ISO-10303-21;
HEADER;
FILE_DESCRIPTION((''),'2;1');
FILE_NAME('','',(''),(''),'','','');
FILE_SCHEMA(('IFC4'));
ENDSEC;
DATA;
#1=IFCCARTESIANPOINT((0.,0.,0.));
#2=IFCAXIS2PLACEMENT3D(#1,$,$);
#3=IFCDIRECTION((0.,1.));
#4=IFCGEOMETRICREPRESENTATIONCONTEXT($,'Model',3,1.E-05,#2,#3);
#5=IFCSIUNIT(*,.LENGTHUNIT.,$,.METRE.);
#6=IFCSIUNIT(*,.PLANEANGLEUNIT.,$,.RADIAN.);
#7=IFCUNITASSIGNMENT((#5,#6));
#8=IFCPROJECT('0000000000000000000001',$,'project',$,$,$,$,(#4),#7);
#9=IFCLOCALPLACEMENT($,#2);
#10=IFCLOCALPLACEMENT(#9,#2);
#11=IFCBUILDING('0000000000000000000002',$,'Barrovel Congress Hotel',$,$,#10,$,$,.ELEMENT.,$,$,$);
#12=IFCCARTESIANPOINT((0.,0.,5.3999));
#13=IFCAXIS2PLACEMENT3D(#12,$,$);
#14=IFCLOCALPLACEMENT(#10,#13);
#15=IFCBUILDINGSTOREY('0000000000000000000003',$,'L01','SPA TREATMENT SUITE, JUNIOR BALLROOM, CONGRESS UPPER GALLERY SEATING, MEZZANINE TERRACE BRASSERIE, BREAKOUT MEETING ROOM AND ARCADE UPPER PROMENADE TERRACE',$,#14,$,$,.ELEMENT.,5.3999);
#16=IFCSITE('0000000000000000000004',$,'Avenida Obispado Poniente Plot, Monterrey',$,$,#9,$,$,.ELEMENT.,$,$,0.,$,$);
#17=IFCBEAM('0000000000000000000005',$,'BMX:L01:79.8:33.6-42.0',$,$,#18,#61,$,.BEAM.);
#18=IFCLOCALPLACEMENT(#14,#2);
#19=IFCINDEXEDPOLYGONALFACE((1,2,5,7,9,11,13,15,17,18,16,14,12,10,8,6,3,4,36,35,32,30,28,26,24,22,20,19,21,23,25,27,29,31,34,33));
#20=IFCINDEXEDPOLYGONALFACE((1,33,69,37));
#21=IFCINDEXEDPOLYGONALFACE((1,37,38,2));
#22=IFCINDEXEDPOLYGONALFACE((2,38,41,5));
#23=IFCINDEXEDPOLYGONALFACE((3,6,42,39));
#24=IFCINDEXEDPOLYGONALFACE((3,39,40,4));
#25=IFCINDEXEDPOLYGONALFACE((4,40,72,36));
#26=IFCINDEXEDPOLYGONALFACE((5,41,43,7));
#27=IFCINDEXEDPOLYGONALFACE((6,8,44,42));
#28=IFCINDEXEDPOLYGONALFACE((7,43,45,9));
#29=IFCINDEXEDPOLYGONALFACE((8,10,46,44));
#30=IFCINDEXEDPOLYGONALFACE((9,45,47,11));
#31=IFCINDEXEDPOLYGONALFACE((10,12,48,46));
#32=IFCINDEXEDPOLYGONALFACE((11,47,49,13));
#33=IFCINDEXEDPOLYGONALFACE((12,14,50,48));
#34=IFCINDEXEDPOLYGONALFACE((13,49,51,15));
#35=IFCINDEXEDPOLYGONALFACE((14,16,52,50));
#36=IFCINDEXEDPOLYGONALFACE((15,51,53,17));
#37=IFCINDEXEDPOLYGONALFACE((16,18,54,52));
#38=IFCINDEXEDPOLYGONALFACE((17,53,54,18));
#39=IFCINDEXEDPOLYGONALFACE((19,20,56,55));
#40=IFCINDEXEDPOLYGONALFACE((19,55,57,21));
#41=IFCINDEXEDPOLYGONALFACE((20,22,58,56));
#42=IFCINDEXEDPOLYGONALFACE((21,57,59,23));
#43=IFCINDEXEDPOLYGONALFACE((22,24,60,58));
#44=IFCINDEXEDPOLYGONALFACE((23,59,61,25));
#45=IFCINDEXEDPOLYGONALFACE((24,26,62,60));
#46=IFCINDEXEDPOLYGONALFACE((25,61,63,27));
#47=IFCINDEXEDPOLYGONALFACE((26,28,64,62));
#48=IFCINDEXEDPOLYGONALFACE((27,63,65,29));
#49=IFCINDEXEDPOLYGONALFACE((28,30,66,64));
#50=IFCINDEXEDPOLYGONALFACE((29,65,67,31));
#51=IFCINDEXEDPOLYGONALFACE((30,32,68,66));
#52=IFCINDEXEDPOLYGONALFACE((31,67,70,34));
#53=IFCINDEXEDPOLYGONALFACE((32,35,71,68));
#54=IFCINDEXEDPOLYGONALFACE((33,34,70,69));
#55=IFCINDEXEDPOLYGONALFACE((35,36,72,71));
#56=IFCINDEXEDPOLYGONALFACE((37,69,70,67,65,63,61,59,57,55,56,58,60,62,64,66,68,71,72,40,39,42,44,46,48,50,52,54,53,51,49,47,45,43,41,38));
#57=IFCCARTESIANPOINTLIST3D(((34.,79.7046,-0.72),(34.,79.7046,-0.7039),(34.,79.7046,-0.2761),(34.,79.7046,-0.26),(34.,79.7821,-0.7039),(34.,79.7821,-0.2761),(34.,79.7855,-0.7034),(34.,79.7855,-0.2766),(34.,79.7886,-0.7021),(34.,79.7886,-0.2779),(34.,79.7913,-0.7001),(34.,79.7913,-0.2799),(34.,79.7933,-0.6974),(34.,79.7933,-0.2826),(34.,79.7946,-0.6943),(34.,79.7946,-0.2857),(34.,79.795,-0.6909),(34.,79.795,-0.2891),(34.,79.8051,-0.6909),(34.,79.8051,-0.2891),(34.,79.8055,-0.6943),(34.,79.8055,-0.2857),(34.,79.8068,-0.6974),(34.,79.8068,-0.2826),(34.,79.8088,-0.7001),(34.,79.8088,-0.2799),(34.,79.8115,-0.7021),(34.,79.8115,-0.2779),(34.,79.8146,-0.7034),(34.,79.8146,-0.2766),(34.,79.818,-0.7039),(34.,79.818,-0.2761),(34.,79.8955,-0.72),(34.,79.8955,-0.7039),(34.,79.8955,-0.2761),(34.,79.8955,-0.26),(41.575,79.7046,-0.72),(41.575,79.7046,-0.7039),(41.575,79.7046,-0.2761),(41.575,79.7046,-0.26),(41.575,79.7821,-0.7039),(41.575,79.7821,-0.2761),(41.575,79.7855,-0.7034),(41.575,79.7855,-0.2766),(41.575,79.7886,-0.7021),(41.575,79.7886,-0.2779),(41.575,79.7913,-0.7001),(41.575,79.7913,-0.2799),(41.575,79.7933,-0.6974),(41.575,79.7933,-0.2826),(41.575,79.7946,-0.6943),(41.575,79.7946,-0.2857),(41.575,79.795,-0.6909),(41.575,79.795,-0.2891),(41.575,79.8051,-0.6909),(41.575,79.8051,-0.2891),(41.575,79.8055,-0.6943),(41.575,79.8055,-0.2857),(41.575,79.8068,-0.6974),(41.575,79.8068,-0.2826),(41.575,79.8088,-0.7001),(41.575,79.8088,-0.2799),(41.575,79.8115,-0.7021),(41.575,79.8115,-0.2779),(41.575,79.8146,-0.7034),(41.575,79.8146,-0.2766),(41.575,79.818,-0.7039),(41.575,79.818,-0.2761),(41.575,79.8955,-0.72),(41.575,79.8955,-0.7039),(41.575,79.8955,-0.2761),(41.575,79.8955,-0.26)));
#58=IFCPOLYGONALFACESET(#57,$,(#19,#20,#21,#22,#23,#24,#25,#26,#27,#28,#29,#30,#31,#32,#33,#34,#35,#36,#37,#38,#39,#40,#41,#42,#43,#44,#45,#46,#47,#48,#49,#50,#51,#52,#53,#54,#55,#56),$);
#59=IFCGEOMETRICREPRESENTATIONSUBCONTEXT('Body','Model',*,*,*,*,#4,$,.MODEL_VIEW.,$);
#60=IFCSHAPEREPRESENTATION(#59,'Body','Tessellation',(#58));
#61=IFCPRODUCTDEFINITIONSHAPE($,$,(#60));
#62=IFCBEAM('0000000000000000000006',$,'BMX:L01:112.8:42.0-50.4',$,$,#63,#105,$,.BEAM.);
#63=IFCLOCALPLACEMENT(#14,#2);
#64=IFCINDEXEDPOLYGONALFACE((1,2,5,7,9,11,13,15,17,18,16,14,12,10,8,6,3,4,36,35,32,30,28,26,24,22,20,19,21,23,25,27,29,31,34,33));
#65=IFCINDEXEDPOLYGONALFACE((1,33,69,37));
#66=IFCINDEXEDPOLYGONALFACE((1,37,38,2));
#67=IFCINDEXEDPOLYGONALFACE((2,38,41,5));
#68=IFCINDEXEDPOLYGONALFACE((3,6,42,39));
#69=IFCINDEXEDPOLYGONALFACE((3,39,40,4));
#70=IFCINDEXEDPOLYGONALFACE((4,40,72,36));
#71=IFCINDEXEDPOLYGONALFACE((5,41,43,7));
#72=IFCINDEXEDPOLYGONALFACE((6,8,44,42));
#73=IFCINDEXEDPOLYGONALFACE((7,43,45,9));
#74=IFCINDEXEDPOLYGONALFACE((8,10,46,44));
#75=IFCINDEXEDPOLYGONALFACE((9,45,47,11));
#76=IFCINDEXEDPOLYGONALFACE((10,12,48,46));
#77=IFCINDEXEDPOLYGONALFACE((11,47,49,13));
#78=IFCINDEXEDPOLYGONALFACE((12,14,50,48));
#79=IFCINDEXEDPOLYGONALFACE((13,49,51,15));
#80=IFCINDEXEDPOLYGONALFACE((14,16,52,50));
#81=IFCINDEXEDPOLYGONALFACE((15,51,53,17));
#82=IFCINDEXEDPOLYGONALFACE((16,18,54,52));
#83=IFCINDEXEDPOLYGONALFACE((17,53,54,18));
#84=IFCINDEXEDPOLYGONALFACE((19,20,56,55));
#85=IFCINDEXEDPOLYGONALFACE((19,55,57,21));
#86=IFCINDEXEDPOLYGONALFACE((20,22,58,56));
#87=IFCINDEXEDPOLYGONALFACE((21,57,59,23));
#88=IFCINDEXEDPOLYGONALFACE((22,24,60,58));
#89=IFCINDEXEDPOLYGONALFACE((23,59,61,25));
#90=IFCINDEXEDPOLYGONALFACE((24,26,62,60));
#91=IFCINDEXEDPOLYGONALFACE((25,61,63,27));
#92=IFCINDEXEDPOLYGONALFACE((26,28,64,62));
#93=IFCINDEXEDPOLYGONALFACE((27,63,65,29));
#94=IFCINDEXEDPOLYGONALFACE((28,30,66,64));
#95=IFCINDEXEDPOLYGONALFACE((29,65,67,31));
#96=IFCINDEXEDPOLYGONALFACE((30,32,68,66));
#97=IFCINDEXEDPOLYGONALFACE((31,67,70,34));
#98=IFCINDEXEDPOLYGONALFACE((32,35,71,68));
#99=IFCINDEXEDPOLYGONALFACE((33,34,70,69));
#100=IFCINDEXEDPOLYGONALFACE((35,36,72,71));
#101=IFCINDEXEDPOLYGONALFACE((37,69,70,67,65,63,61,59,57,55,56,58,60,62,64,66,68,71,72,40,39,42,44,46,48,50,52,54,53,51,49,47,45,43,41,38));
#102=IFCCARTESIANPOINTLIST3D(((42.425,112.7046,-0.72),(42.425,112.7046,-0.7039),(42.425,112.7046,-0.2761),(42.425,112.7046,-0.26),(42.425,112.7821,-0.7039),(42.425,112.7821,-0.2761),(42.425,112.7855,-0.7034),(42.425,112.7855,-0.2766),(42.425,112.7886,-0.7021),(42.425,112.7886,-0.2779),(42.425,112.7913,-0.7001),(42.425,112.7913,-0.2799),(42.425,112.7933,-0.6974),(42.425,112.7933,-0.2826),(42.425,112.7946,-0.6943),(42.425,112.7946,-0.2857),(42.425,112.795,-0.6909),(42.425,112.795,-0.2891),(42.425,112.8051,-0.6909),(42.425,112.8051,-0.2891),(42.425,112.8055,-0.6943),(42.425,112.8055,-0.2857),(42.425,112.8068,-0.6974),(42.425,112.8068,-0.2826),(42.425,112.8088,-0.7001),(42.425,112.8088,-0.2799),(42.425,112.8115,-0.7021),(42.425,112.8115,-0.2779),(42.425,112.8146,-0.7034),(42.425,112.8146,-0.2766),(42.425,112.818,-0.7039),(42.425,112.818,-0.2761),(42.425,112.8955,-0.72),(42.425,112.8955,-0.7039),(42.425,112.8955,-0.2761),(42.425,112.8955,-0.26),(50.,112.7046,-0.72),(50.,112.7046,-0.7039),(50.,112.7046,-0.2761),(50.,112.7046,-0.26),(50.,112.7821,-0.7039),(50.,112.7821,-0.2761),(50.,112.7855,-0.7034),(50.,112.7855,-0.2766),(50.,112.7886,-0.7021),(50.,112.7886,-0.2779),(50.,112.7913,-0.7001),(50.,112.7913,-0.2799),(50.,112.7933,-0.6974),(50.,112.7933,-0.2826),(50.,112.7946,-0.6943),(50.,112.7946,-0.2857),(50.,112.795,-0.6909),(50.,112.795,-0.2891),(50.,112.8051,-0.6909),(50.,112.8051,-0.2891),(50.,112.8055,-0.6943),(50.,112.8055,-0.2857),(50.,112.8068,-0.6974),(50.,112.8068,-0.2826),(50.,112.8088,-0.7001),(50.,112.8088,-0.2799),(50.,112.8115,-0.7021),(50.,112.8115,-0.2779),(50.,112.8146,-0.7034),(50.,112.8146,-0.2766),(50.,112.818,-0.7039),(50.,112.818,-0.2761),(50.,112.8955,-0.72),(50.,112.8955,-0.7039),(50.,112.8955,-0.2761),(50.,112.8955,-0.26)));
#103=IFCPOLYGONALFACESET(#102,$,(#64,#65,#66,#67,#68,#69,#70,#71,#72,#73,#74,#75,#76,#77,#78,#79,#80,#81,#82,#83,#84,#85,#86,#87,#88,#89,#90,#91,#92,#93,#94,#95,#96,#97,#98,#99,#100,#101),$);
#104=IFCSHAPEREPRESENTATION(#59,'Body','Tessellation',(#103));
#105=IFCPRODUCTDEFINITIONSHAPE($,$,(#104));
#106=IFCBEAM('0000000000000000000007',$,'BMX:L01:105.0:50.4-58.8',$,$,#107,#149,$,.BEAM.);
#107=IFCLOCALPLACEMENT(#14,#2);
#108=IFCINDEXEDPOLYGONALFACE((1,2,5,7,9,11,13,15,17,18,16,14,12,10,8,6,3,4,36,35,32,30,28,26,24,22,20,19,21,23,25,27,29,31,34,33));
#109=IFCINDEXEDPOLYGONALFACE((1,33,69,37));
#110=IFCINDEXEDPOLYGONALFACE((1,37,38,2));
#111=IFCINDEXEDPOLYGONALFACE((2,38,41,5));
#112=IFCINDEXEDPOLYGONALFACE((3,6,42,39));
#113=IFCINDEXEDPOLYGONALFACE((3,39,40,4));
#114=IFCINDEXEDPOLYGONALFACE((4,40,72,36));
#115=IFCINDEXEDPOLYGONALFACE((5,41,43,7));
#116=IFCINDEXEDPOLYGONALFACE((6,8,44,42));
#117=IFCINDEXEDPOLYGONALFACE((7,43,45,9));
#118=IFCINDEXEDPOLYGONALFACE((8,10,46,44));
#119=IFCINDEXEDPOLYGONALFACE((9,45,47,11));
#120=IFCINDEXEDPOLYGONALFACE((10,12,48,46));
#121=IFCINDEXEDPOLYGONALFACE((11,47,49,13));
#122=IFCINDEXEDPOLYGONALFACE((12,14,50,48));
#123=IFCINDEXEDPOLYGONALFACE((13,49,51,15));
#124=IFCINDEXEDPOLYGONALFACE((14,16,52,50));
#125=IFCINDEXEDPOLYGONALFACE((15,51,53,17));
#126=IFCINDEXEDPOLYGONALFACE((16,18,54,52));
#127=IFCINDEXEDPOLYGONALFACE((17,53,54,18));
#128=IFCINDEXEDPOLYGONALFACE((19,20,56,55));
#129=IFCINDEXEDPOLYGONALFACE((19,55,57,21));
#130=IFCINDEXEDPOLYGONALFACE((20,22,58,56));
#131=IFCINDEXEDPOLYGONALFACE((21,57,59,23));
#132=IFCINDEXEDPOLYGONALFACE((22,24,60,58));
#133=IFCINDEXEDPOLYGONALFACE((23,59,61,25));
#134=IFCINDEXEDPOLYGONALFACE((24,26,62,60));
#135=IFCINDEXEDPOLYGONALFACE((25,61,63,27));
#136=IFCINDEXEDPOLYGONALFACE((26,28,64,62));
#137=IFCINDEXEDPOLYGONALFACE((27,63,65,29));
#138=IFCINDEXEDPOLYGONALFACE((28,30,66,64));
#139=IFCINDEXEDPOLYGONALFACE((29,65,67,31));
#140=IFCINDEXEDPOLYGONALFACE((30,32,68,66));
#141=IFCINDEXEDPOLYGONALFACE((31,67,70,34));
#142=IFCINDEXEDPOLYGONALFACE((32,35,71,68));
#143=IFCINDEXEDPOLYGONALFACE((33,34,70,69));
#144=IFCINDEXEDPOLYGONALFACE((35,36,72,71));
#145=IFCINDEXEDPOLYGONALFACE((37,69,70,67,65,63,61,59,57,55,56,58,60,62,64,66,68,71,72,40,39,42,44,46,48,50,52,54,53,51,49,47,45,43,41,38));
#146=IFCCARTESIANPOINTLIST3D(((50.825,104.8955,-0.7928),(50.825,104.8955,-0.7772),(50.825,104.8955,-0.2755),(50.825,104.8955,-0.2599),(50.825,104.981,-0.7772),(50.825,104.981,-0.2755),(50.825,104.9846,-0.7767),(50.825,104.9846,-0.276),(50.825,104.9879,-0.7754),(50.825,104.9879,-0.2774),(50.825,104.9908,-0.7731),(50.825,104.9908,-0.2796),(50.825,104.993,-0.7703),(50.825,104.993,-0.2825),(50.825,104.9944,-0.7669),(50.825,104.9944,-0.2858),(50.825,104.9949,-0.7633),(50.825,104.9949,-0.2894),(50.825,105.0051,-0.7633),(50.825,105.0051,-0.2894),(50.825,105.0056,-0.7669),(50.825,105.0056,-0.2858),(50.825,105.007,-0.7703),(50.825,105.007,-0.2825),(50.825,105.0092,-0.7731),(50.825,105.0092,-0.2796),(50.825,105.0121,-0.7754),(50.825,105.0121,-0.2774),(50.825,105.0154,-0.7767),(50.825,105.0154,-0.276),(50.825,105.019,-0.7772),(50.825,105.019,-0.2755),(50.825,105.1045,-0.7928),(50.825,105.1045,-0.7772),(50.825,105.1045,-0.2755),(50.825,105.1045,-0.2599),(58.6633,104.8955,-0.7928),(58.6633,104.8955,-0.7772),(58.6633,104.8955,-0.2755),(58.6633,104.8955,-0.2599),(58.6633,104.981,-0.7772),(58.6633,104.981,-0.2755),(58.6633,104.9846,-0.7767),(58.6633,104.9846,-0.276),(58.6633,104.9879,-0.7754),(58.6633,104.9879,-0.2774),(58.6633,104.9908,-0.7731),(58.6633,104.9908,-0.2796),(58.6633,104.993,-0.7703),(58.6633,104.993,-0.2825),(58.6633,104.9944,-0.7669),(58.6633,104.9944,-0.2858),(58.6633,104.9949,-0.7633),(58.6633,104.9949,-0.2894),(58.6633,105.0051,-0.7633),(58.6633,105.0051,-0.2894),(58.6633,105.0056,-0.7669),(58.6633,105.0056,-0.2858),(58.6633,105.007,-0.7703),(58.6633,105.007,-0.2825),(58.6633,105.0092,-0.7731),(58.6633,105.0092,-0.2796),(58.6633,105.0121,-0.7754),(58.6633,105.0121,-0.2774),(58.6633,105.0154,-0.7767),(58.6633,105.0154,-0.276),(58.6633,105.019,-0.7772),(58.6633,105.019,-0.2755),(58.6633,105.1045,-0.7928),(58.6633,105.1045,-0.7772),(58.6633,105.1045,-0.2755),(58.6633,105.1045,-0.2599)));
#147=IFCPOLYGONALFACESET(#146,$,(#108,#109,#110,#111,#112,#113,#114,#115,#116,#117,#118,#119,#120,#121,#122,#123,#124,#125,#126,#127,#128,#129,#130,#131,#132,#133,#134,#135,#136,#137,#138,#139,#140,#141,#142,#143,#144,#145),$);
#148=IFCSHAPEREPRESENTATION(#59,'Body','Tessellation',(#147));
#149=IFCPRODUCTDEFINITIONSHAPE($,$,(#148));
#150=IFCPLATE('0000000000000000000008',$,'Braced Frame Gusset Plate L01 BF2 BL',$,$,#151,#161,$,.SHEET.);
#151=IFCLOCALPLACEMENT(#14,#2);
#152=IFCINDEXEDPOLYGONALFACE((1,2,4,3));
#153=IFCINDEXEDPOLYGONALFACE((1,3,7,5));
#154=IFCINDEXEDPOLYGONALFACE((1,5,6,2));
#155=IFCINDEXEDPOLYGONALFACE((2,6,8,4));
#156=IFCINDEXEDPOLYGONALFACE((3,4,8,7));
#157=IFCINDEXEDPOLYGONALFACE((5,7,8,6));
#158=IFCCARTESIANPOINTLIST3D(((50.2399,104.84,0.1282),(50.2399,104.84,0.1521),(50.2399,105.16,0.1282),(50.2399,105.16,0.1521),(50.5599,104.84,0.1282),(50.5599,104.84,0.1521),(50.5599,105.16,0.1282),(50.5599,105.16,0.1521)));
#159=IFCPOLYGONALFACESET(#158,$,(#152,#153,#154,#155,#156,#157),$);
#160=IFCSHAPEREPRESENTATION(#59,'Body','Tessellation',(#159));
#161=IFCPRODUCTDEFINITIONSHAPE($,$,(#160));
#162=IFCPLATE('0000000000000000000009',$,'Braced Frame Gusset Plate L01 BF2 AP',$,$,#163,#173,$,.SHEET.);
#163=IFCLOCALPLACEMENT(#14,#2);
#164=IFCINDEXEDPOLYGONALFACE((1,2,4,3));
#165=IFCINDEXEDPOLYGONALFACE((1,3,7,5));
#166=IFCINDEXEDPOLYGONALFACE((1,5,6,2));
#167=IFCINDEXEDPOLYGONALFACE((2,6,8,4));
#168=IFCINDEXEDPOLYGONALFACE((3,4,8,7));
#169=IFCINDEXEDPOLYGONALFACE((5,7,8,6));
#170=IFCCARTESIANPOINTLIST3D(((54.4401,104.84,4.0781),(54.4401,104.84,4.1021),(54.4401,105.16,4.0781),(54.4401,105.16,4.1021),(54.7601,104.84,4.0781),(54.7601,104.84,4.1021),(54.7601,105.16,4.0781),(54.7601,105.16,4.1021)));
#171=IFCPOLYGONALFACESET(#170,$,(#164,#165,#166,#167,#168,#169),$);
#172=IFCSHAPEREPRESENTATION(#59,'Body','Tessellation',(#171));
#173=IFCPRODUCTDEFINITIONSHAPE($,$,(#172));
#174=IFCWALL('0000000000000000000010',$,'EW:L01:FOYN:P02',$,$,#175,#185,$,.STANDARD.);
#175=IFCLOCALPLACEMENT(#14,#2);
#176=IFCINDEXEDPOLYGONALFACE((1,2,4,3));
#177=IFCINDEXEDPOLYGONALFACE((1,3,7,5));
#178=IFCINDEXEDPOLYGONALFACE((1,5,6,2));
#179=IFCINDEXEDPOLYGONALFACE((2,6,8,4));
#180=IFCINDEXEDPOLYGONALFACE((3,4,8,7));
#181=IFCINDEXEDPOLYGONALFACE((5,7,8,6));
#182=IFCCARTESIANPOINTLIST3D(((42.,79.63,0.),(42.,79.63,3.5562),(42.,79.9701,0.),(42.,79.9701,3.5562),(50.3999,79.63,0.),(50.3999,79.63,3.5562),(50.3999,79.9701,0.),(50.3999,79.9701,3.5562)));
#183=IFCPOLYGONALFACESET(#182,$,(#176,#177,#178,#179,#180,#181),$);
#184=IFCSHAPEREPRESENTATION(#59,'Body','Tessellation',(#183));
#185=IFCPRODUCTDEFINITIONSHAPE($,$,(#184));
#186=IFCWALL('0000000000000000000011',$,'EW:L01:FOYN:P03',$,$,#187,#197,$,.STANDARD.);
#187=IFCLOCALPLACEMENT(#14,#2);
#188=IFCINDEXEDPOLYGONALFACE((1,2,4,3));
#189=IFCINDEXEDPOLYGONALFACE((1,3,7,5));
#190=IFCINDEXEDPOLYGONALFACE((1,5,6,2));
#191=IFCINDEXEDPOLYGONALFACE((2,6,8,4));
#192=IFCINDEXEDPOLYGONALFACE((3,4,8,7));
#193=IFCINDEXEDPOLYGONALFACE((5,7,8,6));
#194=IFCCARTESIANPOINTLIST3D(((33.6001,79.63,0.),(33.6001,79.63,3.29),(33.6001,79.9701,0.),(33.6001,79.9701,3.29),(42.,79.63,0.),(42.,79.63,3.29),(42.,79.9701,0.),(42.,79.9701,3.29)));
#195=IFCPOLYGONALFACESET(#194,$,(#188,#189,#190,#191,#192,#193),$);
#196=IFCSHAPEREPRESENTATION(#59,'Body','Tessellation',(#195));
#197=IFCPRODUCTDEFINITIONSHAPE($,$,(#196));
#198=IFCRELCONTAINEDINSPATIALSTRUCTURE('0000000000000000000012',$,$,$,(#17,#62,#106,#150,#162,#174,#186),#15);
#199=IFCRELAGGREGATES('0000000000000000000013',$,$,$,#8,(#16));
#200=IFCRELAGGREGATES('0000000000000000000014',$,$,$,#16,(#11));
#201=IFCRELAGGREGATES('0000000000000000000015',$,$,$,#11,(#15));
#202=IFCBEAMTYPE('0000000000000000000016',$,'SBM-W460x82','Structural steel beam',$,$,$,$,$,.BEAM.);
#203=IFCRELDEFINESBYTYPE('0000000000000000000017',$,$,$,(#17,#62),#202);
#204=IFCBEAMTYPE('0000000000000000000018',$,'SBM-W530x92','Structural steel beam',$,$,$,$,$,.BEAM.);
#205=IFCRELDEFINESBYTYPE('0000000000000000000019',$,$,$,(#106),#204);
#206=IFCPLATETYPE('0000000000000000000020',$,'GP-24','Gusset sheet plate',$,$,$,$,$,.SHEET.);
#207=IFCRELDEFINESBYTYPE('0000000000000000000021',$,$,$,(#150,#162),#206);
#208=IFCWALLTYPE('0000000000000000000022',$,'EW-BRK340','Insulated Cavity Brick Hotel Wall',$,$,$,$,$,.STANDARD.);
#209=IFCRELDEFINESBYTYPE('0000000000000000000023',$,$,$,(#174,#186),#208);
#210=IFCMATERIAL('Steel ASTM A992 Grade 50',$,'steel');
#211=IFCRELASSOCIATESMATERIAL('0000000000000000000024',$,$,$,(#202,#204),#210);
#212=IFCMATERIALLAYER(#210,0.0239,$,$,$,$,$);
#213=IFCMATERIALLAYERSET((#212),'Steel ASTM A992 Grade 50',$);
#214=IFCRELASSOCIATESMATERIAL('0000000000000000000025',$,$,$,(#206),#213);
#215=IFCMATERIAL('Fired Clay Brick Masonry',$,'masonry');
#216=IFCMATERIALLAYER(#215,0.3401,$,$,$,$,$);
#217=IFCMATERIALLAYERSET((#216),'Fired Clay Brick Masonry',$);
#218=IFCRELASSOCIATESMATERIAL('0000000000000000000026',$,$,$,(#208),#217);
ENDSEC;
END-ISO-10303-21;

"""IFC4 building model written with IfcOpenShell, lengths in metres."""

from ifc_helpers import new_model, si_unit, direction, frame, frame_2d, origin, origin_2d, place, context, subcontext, project, spatial, rectangle, i_section, extrude, material, layer, layer_set, material_profile, profile_set, type_object, element, save


model = new_model("IFC4")

# Units and contexts
model_context = context("Model", 3, precision=1e-05, world=origin(), true_north=direction((0.0, 1.0)))
body_context = subcontext(model_context, "Body", "Model", "MODEL_VIEW")
ifc_project = project(units=[si_unit("LENGTHUNIT", "METRE"), si_unit("PLANEANGLEUNIT", "RADIAN")], contexts=[model_context])

# Site, building, storey
site_placement = place(None, origin())
site = spatial("IfcSite", under=ifc_project, at=site_placement, Name="Avenida Obispado Poniente Plot, Monterrey", CompositionType="ELEMENT", RefElevation=0.0)
building_placement = place(site_placement, origin())
building = spatial("IfcBuilding", under=site, at=building_placement, Name="Barrovel Congress Hotel", CompositionType="ELEMENT")
storey_placement = place(building_placement, frame((0.0, 0.0, 5.3999)))
storey = spatial("IfcBuildingStorey", under=building, at=storey_placement, Name="L01", Description="SPA TREATMENT SUITE, JUNIOR BALLROOM, CONGRESS UPPER GALLERY SEATING, MEZZANINE TERRACE BRASSERIE, BREAKOUT MEETING ROOM AND ARCADE UPPER PROMENADE TERRACE", CompositionType="ELEMENT", Elevation=5.3999)

# Beams
ifc_material_1 = material(Name="Steel ASTM A992 Grade 50", Category="steel")
ifc_material_profile_1 = material_profile(ifc_material_1, i_section(OverallWidth=0.1909, OverallDepth=0.46, WebThickness=0.01, FlangeThickness=0.0161, FilletRadius=0.0129, at=origin_2d()), Name="W460x82")
ifc_profile_set_1 = profile_set([ifc_material_profile_1], Name="Steel ASTM A992 Grade 50")
beam_type_1 = type_object("IfcBeamType", Name="SBM-W460x82", Description="Structural steel beam", PredefinedType="BEAM", material=ifc_profile_set_1)
for number, where, z_axis, x_axis, name in (
    (1, (34.0, 79.8, -0.49), (1.0, 0.0, 0.0), (0.0, 1.0, 0.0), "BMX:L01:79.8:33.6-42.0"),
    (2, (42.425, 112.8, -0.49), (1.0, 0.0, 0.0), (0.0, 1.0, 0.0), "BMX:L01:112.8:42.0-50.4"),
):
    element("IfcBeam", number, at=place(storey_placement, frame(where, z_axis=z_axis, x_axis=x_axis)), inside=storey, type_object=beam_type_1, Name=name, PredefinedType="BEAM", context=body_context, shape_type="SweptSolid", body=[
        extrude(i_section(OverallWidth=0.1909, OverallDepth=0.46, WebThickness=0.01, FlangeThickness=0.0161, FilletRadius=0.0129, at=origin_2d()), origin(), (0.0, 0.0, 1.0), 7.575),
    ])
ifc_material_profile_2 = material_profile(ifc_material_1, i_section(OverallWidth=0.209, OverallDepth=0.533, WebThickness=0.0103, FlangeThickness=0.0156, FilletRadius=0.0139, at=origin_2d()), Name="W530x92")
ifc_profile_set_2 = profile_set([ifc_material_profile_2], Name="Steel ASTM A992 Grade 50")
beam_type_2 = type_object("IfcBeamType", Name="SBM-W530x92", Description="Structural steel beam", PredefinedType="BEAM", material=ifc_profile_set_2)
beam_1_placement = place(storey_placement, frame((50.825, 105.0, -0.5264), z_axis=(1.0, 0.0, 0.0), x_axis=(0.0, 1.0, 0.0)))
element("IfcBeam", 3, at=beam_1_placement, inside=storey, type_object=beam_type_2, Name="BMX:L01:105.0:50.4-58.8", PredefinedType="BEAM", context=body_context, shape_type="SweptSolid", body=[
    extrude(i_section(OverallWidth=0.209, OverallDepth=0.533, WebThickness=0.0103, FlangeThickness=0.0156, FilletRadius=0.0139, at=origin_2d()), origin(), (0.0, 0.0, 1.0), 7.8384),
])

# Plates
ifc_layer_1 = layer(ifc_material_1, 0.0239)
ifc_layer_set_1 = layer_set([ifc_layer_1], Name="Steel ASTM A992 Grade 50")
plate_type = type_object("IfcPlateType", Name="GP-24", Description="Gusset sheet plate", PredefinedType="SHEET", material=ifc_layer_set_1)
for number, where, z_axis, x_axis, name in (
    (4, (50.3999, 105.0, 0.1282), (0.0, 0.0, 1.0), (1.0, 0.0, 0.0), "Braced Frame Gusset Plate L01 BF2 BL"),
    (5, (54.6001, 105.0, 4.0781), (0.0, 0.0, 1.0), (1.0, 0.0, 0.0), "Braced Frame Gusset Plate L01 BF2 AP"),
):
    element("IfcPlate", number, at=place(storey_placement, frame(where, z_axis=z_axis, x_axis=x_axis)), inside=storey, type_object=plate_type, Name=name, PredefinedType="SHEET", context=body_context, shape_type="SweptSolid", body=[
        extrude(rectangle(XDim=0.3201, YDim=0.3201, at=origin_2d()), origin(), (0.0, 0.0, 1.0), 0.0239),
    ])

# Walls
ifc_material_2 = material(Name="Fired Clay Brick Masonry", Category="masonry")
ifc_layer_2 = layer(ifc_material_2, 0.3401)
ifc_layer_set_2 = layer_set([ifc_layer_2], Name="Fired Clay Brick Masonry")
wall_type_1 = type_object("IfcWallType", Name="EW-BRK340", Description="Insulated Cavity Brick Hotel Wall", PredefinedType="STANDARD", material=ifc_layer_set_2)
wall_1_placement = place(storey_placement, frame((50.3999, 79.8, 0.0), z_axis=(0.0, 0.0, 1.0), x_axis=(-1.0, 0.0, 0.0)))
element("IfcWall", 6, at=wall_1_placement, inside=storey, type_object=wall_type_1, Name="EW:L01:FOYN:P02", PredefinedType="STANDARD", context=body_context, shape_type="SweptSolid", body=[
    extrude(rectangle(XDim=8.3999, YDim=0.3401, at=frame_2d((4.2, 0.0))), origin(), (0.0, 0.0, 1.0), 3.5562),
])
wall_2_placement = place(storey_placement, frame((42.0, 79.8, 0.0), z_axis=(0.0, 0.0, 1.0), x_axis=(-1.0, 0.0, 0.0)))
element("IfcWall", 7, at=wall_2_placement, inside=storey, type_object=wall_type_1, Name="EW:L01:FOYN:P03", PredefinedType="STANDARD", context=body_context, shape_type="SweptSolid", body=[
    extrude(rectangle(XDim=8.3999, YDim=0.3401, at=frame_2d((4.2, 0.0))), origin(), (0.0, 0.0, 1.0), 3.29),
])

save(model, "model.ifc")
